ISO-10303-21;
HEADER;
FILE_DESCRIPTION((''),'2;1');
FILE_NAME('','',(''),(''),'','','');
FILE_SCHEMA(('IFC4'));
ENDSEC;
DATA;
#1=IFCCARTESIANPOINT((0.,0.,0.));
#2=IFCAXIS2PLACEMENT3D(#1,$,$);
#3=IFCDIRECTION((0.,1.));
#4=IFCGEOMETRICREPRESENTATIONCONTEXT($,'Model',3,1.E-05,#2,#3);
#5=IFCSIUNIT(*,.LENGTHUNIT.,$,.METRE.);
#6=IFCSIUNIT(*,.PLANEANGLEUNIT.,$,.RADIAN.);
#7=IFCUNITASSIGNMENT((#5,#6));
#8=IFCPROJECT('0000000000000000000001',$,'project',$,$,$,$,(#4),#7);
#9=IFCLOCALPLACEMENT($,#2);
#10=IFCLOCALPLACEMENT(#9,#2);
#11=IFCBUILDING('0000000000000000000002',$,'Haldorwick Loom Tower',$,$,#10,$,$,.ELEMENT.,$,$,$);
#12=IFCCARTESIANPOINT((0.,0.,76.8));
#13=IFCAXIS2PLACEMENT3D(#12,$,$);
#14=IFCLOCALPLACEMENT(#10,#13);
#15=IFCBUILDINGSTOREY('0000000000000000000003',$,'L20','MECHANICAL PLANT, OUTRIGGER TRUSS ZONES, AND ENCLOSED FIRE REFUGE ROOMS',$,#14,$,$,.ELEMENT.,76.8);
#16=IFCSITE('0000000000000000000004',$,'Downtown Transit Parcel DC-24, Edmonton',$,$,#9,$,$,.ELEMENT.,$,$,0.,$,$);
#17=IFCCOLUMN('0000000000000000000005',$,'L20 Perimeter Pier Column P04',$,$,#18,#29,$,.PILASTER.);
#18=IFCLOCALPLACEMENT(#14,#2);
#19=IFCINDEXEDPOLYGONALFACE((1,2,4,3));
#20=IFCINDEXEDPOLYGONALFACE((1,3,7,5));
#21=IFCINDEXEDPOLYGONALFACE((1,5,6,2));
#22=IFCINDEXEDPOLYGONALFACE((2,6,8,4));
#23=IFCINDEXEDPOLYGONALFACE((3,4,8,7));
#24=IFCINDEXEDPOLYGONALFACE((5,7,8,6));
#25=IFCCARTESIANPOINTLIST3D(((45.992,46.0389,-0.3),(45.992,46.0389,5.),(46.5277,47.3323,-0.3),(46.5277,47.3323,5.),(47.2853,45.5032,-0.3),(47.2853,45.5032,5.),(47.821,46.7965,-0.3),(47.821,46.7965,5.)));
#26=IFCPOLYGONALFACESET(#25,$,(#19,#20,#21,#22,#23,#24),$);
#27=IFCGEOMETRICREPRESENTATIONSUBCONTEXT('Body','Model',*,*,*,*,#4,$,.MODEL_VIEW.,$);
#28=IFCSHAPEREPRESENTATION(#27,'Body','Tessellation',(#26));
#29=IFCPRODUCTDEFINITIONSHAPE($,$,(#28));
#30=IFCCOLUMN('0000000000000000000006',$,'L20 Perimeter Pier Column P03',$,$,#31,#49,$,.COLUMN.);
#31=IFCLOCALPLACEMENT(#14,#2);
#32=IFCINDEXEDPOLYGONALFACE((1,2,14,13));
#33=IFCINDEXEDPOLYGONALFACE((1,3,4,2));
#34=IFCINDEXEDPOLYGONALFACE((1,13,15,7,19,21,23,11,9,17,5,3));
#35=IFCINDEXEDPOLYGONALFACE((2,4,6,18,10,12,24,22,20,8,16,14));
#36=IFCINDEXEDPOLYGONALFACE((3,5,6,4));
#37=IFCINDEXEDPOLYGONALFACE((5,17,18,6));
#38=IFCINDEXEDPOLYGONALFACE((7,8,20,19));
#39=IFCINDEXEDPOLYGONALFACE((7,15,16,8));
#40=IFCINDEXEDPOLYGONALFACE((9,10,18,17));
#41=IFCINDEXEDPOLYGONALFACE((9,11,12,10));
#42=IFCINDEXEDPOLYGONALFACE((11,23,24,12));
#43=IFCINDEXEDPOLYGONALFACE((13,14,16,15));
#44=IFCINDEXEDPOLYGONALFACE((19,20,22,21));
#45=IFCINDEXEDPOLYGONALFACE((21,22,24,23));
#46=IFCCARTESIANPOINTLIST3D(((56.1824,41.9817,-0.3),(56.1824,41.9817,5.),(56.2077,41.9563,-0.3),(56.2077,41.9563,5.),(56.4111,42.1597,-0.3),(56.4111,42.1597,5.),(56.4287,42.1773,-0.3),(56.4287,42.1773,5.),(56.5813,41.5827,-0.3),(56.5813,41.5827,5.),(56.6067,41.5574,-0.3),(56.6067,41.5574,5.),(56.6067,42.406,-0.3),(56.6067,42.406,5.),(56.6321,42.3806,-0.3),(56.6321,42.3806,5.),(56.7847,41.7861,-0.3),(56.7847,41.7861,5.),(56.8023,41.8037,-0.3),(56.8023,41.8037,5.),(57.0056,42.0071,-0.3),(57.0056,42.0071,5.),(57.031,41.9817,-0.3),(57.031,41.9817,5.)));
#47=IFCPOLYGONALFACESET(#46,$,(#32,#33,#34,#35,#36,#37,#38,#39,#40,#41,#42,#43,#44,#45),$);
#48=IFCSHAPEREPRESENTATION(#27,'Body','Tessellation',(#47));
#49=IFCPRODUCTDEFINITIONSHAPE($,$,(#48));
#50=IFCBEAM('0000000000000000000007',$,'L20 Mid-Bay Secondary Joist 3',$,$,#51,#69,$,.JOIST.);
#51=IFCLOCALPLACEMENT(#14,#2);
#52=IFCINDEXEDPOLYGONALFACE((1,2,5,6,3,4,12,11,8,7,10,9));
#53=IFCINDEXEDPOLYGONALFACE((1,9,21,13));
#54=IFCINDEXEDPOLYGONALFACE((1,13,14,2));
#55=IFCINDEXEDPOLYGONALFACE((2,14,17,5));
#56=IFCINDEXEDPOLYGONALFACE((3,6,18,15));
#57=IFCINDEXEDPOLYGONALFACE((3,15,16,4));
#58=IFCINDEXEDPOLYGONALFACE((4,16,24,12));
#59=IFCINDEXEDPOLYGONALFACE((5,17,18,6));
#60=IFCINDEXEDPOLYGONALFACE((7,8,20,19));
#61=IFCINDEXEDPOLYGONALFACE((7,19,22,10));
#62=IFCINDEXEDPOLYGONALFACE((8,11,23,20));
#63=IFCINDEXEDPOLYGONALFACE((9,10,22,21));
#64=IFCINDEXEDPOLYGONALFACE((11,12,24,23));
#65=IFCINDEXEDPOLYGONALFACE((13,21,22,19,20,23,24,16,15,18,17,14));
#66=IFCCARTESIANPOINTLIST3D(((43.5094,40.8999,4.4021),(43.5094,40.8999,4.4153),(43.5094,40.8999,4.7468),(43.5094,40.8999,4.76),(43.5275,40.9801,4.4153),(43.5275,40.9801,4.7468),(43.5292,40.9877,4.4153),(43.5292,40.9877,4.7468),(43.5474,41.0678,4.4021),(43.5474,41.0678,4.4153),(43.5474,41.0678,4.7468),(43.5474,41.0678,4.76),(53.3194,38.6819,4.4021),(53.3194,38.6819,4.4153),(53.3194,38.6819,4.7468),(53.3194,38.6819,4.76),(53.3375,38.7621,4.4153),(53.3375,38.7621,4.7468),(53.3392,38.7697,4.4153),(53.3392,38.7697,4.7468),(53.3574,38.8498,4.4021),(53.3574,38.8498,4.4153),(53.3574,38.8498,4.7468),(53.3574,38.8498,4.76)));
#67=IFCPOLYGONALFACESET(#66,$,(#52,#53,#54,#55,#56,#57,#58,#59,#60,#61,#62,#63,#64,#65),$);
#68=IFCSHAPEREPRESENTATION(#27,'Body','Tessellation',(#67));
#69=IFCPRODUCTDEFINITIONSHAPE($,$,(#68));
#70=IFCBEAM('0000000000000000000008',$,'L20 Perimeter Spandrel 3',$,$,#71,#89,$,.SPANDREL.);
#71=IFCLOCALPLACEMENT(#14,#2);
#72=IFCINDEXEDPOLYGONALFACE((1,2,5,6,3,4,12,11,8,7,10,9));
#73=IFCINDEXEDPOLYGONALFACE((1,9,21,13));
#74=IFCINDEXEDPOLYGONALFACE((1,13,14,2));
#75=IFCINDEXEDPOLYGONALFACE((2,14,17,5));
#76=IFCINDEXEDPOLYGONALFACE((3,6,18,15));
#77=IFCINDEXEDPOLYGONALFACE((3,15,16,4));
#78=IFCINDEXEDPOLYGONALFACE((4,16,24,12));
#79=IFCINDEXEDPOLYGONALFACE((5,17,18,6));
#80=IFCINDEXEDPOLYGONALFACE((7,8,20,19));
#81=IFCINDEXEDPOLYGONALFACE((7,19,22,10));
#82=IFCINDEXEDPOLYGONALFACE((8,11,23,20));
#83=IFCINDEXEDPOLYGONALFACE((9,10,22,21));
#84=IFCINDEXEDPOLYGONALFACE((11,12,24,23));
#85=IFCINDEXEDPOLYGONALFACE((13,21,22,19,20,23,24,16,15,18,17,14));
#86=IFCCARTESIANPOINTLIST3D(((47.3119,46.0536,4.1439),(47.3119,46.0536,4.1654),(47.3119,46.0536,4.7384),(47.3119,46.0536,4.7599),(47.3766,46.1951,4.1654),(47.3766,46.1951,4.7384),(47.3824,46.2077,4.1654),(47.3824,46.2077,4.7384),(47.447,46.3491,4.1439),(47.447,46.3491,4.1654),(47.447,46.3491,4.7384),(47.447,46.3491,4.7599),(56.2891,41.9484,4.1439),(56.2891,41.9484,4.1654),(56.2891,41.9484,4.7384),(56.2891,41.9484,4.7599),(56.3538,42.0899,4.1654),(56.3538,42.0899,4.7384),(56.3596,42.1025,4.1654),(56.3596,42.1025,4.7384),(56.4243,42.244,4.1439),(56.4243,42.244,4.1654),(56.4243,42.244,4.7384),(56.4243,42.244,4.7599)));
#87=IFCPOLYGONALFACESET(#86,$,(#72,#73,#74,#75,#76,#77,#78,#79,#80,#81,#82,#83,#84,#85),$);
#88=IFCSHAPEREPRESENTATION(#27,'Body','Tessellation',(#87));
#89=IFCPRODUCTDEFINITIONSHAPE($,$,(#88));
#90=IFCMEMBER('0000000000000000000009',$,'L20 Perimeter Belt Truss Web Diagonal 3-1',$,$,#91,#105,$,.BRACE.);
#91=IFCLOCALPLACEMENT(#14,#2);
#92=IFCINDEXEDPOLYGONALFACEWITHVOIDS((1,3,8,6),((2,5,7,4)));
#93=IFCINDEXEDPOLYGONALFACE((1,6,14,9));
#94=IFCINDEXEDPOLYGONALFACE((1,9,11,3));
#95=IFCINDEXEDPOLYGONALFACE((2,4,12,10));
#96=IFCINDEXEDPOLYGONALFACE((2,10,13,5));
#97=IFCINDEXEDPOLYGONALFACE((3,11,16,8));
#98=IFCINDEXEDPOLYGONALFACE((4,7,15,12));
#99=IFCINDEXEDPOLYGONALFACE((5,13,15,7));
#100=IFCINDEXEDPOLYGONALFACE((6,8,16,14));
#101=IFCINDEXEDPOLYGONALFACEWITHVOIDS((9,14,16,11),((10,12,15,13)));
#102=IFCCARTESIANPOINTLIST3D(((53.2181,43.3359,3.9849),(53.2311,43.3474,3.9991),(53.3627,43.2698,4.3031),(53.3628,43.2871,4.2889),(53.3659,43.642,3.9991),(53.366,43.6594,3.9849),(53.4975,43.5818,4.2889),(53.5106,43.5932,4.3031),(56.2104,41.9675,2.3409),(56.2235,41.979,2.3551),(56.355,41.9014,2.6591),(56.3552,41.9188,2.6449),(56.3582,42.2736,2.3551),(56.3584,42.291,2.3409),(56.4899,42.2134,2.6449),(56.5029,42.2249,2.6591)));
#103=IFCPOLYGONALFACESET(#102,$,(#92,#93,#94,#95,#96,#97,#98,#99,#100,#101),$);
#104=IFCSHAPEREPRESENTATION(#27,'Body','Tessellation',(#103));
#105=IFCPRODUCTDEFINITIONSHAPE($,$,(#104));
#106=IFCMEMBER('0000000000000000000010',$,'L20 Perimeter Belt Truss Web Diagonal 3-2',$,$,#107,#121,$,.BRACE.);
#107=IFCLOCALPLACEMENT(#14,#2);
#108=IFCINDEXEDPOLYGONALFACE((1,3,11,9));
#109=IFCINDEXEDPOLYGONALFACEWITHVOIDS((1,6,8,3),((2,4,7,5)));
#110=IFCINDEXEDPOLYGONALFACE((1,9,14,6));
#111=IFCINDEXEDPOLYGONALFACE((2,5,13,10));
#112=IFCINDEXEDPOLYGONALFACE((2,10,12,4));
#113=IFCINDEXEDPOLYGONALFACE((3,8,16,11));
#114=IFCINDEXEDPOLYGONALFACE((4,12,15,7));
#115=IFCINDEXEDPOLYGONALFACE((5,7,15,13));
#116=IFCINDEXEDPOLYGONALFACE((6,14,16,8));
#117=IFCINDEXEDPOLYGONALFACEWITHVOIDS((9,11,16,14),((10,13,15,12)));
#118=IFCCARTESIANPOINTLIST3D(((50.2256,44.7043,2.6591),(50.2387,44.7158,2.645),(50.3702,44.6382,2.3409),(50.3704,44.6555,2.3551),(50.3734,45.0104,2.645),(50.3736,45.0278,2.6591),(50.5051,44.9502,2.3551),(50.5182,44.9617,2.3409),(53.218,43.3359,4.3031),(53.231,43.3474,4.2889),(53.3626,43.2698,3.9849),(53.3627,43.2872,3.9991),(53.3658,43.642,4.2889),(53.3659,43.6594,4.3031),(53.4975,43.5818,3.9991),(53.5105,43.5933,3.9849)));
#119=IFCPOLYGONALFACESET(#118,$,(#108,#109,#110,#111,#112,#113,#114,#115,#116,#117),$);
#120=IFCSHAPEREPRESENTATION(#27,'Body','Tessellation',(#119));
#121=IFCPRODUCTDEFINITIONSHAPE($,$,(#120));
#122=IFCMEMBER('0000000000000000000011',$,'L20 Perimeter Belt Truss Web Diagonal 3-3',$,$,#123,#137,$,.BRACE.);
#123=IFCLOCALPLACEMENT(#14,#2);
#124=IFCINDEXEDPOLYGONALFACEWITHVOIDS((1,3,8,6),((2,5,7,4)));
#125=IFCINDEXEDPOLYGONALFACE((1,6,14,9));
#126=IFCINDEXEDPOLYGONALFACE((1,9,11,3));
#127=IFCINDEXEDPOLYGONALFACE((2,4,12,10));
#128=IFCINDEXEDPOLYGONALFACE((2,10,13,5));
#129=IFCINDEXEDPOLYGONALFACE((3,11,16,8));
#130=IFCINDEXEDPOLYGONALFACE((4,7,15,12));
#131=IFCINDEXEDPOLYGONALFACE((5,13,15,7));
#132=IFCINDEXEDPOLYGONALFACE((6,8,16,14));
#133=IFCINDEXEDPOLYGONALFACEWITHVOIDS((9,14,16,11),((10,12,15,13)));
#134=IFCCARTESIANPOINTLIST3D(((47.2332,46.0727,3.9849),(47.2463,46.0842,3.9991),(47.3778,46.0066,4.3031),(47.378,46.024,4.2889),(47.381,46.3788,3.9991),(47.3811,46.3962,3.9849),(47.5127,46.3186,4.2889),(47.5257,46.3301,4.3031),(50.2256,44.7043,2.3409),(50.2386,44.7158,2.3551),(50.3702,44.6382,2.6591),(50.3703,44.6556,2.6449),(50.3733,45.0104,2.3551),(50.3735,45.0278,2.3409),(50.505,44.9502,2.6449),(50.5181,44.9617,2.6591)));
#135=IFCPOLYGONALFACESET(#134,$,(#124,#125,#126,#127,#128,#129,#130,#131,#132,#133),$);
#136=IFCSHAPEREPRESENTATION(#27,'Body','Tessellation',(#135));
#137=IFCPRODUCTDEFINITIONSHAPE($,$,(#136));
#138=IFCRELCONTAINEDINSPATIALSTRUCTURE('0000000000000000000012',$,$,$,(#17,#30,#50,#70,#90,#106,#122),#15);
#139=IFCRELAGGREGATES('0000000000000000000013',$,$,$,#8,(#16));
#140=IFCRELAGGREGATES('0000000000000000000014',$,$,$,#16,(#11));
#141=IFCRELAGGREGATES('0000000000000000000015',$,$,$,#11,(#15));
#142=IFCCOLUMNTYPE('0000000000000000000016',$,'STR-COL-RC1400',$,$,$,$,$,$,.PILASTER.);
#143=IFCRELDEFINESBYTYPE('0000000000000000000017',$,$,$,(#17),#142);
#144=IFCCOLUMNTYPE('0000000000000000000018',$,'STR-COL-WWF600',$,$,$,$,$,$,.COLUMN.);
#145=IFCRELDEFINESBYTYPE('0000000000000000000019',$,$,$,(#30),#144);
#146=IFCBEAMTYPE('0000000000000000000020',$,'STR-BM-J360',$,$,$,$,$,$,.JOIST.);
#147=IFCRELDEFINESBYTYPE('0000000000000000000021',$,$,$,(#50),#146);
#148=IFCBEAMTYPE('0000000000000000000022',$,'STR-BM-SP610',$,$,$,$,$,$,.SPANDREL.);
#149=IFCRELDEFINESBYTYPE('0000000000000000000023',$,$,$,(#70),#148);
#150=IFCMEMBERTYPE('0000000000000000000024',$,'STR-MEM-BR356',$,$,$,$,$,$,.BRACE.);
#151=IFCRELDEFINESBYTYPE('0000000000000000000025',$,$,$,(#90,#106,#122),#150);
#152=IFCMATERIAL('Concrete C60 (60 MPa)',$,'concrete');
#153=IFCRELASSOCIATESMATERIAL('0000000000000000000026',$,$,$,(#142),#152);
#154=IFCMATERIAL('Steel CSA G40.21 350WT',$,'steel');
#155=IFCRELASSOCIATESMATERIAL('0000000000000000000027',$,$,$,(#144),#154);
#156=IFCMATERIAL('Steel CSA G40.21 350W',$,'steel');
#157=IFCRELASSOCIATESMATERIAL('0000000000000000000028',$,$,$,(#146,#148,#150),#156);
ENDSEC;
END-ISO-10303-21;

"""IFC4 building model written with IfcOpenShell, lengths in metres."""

from ifc_helpers import new_model, si_unit, direction, frame, origin, origin_2d, place, context, subcontext, project, spatial, rectangle, hollow_rectangle, i_section, extrude, material, material_profile, profile_set, type_object, element, save


model = new_model("IFC4")

# Units and contexts
model_context = context("Model", 3, precision=1e-05, world=origin(), true_north=direction((0.0, 1.0)))
body_context = subcontext(model_context, "Body", "Model", "MODEL_VIEW")
ifc_project = project(units=[si_unit("LENGTHUNIT", "METRE"), si_unit("PLANEANGLEUNIT", "RADIAN")], contexts=[model_context])

# Site, building, storey
site_placement = place(None, origin())
site = spatial("IfcSite", under=ifc_project, at=site_placement, Name="Downtown Transit Parcel DC-24, Edmonton", CompositionType="ELEMENT", RefElevation=0.0)
building_placement = place(site_placement, origin())
building = spatial("IfcBuilding", under=site, at=building_placement, Name="Haldorwick Loom Tower", CompositionType="ELEMENT")
storey_placement = place(building_placement, frame((0.0, 0.0, 76.8)))
storey = spatial("IfcBuildingStorey", under=building, at=storey_placement, Name="L20", Description="MECHANICAL PLANT, OUTRIGGER TRUSS ZONES, AND ENCLOSED FIRE REFUGE ROOMS", CompositionType="ELEMENT", Elevation=76.8)

# Columns
ifc_material_1 = material(Name="Concrete C60 (60 MPa)", Category="concrete")
ifc_material_profile_1 = material_profile(ifc_material_1, rectangle(XDim=1.3999, YDim=1.3999, at=origin_2d()), Name="RC1400X1400", Category="concrete")
ifc_profile_set_1 = profile_set([ifc_material_profile_1], Name="Concrete C60 (60 MPa)")
column_type_1 = type_object("IfcColumnType", Name="STR-COL-RC1400", PredefinedType="PILASTER", material=ifc_profile_set_1)
column_1_placement = place(storey_placement, frame((46.9065, 46.4177, -0.3), z_axis=(0.0, 0.0, 1.0), x_axis=(0.382683, 0.92388, 0.0)))
element("IfcColumn", 1, at=column_1_placement, inside=storey, type_object=column_type_1, Name="L20 Perimeter Pier Column P04", PredefinedType="PILASTER", context=body_context, shape_type="SweptSolid", body=[
    extrude(rectangle(XDim=1.3999, YDim=1.3999, at=origin_2d()), origin(), (0.0, 0.0, 1.0), 5.3),
])
ifc_material_2 = material(Name="Steel CSA G40.21 350WT", Category="steel")
ifc_material_profile_2 = material_profile(ifc_material_2, i_section(OverallWidth=0.6001, OverallDepth=0.6001, WebThickness=0.0249, FlangeThickness=0.0359, at=origin_2d()), Name="WWF600X600", Category="steel")
ifc_profile_set_2 = profile_set([ifc_material_profile_2], Name="Steel CSA G40.21 350WT")
column_type_2 = type_object("IfcColumnType", Name="STR-COL-WWF600", PredefinedType="COLUMN", material=ifc_profile_set_2)
column_2_placement = place(storey_placement, frame((56.6067, 41.9817, -0.3), z_axis=(0.0, 0.0, 1.0), x_axis=(0.707107, 0.707107, 0.0)))
element("IfcColumn", 2, at=column_2_placement, inside=storey, type_object=column_type_2, Name="L20 Perimeter Pier Column P03", PredefinedType="COLUMN", context=body_context, shape_type="SweptSolid", body=[
    extrude(i_section(OverallWidth=0.6001, OverallDepth=0.6001, WebThickness=0.0249, FlangeThickness=0.0359, at=origin_2d()), origin(), (0.0, 0.0, 1.0), 5.3),
])

# Beams
ifc_material_3 = material(Name="Steel CSA G40.21 350W", Category="steel")
ifc_material_profile_3 = material_profile(ifc_material_3, i_section(OverallWidth=0.1721, OverallDepth=0.3579, WebThickness=0.0078, FlangeThickness=0.0132, at=origin_2d()), Name="W360X57", Category="steel")
ifc_profile_set_3 = profile_set([ifc_material_profile_3], Name="Steel CSA G40.21 350W")
beam_type_1 = type_object("IfcBeamType", Name="STR-BM-J360", PredefinedType="JOIST", material=ifc_profile_set_3)
beam_1_placement = place(storey_placement, frame((53.3384, 38.7659, 4.5811), z_axis=(-0.97538, 0.22053, 0.0), x_axis=(-0.22053, -0.97538, 0.0)))
element("IfcBeam", 3, at=beam_1_placement, inside=storey, type_object=beam_type_1, Name="L20 Mid-Bay Secondary Joist 3", PredefinedType="JOIST", context=body_context, shape_type="SweptSolid", body=[
    extrude(i_section(OverallWidth=0.1721, OverallDepth=0.3579, WebThickness=0.0078, FlangeThickness=0.0132, at=origin_2d()), origin(), (0.0, 0.0, 1.0), 10.0576),
])
ifc_material_profile_4 = material_profile(ifc_material_3, i_section(OverallWidth=0.325, OverallDepth=0.616, WebThickness=0.0139, FlangeThickness=0.0215, at=origin_2d()), Name="W610X174", Category="steel")
ifc_profile_set_4 = profile_set([ifc_material_profile_4], Name="Steel CSA G40.21 350W")
beam_type_2 = type_object("IfcBeamType", Name="STR-BM-SP610", PredefinedType="SPANDREL", material=ifc_profile_set_4)
beam_2_placement = place(storey_placement, frame((56.3567, 42.0962, 4.4519), z_axis=(-0.909424, 0.41587, 0.0), x_axis=(-0.41587, -0.909424, 0.0)))
element("IfcBeam", 4, at=beam_2_placement, inside=storey, type_object=beam_type_2, Name="L20 Perimeter Spandrel 3", PredefinedType="SPANDREL", context=body_context, shape_type="SweptSolid", body=[
    extrude(i_section(OverallWidth=0.325, OverallDepth=0.616, WebThickness=0.0139, FlangeThickness=0.0215, at=origin_2d()), origin(), (0.0, 0.0, 1.0), 9.8713),
])

# Members
ifc_material_profile_5 = material_profile(ifc_material_3, hollow_rectangle(XDim=0.3557, YDim=0.3557, WallThickness=0.0159, at=origin_2d()), Name="HSS356X356X16", Category="steel")
ifc_profile_set_5 = profile_set([ifc_material_profile_5], Name="Steel CSA G40.21 350W")
member_type_1 = type_object("IfcMemberType", Name="STR-MEM-BR356", PredefinedType="BRACE", material=ifc_profile_set_5)
for number, where, z_axis, x_axis, name in (
    (5, (56.3567, 42.0962, 2.5), (-0.813531, 0.37202, 0.446954), (-0.41587, -0.909424, 0.0), "L20 Perimeter Belt Truss Web Diagonal 3-1"),
    (6, (53.3643, 43.4646, 4.144), (-0.813531, 0.37202, -0.446954), (-0.41587, -0.909424, 0.0), "L20 Perimeter Belt Truss Web Diagonal 3-2"),
    (7, (50.3718, 44.833, 2.5), (-0.813531, 0.37202, 0.446954), (-0.41587, -0.909424, 0.0), "L20 Perimeter Belt Truss Web Diagonal 3-3"),
):
    element("IfcMember", number, at=place(storey_placement, frame(where, z_axis=z_axis, x_axis=x_axis)), inside=storey, type_object=member_type_1, Name=name, PredefinedType="BRACE", context=body_context, shape_type="SweptSolid", body=[
        extrude(hollow_rectangle(XDim=0.3557, YDim=0.3557, WallThickness=0.0159, at=origin_2d()), origin(), (0.0, 0.0, 1.0), 3.6782),
    ])

save(model, "model.ifc")
